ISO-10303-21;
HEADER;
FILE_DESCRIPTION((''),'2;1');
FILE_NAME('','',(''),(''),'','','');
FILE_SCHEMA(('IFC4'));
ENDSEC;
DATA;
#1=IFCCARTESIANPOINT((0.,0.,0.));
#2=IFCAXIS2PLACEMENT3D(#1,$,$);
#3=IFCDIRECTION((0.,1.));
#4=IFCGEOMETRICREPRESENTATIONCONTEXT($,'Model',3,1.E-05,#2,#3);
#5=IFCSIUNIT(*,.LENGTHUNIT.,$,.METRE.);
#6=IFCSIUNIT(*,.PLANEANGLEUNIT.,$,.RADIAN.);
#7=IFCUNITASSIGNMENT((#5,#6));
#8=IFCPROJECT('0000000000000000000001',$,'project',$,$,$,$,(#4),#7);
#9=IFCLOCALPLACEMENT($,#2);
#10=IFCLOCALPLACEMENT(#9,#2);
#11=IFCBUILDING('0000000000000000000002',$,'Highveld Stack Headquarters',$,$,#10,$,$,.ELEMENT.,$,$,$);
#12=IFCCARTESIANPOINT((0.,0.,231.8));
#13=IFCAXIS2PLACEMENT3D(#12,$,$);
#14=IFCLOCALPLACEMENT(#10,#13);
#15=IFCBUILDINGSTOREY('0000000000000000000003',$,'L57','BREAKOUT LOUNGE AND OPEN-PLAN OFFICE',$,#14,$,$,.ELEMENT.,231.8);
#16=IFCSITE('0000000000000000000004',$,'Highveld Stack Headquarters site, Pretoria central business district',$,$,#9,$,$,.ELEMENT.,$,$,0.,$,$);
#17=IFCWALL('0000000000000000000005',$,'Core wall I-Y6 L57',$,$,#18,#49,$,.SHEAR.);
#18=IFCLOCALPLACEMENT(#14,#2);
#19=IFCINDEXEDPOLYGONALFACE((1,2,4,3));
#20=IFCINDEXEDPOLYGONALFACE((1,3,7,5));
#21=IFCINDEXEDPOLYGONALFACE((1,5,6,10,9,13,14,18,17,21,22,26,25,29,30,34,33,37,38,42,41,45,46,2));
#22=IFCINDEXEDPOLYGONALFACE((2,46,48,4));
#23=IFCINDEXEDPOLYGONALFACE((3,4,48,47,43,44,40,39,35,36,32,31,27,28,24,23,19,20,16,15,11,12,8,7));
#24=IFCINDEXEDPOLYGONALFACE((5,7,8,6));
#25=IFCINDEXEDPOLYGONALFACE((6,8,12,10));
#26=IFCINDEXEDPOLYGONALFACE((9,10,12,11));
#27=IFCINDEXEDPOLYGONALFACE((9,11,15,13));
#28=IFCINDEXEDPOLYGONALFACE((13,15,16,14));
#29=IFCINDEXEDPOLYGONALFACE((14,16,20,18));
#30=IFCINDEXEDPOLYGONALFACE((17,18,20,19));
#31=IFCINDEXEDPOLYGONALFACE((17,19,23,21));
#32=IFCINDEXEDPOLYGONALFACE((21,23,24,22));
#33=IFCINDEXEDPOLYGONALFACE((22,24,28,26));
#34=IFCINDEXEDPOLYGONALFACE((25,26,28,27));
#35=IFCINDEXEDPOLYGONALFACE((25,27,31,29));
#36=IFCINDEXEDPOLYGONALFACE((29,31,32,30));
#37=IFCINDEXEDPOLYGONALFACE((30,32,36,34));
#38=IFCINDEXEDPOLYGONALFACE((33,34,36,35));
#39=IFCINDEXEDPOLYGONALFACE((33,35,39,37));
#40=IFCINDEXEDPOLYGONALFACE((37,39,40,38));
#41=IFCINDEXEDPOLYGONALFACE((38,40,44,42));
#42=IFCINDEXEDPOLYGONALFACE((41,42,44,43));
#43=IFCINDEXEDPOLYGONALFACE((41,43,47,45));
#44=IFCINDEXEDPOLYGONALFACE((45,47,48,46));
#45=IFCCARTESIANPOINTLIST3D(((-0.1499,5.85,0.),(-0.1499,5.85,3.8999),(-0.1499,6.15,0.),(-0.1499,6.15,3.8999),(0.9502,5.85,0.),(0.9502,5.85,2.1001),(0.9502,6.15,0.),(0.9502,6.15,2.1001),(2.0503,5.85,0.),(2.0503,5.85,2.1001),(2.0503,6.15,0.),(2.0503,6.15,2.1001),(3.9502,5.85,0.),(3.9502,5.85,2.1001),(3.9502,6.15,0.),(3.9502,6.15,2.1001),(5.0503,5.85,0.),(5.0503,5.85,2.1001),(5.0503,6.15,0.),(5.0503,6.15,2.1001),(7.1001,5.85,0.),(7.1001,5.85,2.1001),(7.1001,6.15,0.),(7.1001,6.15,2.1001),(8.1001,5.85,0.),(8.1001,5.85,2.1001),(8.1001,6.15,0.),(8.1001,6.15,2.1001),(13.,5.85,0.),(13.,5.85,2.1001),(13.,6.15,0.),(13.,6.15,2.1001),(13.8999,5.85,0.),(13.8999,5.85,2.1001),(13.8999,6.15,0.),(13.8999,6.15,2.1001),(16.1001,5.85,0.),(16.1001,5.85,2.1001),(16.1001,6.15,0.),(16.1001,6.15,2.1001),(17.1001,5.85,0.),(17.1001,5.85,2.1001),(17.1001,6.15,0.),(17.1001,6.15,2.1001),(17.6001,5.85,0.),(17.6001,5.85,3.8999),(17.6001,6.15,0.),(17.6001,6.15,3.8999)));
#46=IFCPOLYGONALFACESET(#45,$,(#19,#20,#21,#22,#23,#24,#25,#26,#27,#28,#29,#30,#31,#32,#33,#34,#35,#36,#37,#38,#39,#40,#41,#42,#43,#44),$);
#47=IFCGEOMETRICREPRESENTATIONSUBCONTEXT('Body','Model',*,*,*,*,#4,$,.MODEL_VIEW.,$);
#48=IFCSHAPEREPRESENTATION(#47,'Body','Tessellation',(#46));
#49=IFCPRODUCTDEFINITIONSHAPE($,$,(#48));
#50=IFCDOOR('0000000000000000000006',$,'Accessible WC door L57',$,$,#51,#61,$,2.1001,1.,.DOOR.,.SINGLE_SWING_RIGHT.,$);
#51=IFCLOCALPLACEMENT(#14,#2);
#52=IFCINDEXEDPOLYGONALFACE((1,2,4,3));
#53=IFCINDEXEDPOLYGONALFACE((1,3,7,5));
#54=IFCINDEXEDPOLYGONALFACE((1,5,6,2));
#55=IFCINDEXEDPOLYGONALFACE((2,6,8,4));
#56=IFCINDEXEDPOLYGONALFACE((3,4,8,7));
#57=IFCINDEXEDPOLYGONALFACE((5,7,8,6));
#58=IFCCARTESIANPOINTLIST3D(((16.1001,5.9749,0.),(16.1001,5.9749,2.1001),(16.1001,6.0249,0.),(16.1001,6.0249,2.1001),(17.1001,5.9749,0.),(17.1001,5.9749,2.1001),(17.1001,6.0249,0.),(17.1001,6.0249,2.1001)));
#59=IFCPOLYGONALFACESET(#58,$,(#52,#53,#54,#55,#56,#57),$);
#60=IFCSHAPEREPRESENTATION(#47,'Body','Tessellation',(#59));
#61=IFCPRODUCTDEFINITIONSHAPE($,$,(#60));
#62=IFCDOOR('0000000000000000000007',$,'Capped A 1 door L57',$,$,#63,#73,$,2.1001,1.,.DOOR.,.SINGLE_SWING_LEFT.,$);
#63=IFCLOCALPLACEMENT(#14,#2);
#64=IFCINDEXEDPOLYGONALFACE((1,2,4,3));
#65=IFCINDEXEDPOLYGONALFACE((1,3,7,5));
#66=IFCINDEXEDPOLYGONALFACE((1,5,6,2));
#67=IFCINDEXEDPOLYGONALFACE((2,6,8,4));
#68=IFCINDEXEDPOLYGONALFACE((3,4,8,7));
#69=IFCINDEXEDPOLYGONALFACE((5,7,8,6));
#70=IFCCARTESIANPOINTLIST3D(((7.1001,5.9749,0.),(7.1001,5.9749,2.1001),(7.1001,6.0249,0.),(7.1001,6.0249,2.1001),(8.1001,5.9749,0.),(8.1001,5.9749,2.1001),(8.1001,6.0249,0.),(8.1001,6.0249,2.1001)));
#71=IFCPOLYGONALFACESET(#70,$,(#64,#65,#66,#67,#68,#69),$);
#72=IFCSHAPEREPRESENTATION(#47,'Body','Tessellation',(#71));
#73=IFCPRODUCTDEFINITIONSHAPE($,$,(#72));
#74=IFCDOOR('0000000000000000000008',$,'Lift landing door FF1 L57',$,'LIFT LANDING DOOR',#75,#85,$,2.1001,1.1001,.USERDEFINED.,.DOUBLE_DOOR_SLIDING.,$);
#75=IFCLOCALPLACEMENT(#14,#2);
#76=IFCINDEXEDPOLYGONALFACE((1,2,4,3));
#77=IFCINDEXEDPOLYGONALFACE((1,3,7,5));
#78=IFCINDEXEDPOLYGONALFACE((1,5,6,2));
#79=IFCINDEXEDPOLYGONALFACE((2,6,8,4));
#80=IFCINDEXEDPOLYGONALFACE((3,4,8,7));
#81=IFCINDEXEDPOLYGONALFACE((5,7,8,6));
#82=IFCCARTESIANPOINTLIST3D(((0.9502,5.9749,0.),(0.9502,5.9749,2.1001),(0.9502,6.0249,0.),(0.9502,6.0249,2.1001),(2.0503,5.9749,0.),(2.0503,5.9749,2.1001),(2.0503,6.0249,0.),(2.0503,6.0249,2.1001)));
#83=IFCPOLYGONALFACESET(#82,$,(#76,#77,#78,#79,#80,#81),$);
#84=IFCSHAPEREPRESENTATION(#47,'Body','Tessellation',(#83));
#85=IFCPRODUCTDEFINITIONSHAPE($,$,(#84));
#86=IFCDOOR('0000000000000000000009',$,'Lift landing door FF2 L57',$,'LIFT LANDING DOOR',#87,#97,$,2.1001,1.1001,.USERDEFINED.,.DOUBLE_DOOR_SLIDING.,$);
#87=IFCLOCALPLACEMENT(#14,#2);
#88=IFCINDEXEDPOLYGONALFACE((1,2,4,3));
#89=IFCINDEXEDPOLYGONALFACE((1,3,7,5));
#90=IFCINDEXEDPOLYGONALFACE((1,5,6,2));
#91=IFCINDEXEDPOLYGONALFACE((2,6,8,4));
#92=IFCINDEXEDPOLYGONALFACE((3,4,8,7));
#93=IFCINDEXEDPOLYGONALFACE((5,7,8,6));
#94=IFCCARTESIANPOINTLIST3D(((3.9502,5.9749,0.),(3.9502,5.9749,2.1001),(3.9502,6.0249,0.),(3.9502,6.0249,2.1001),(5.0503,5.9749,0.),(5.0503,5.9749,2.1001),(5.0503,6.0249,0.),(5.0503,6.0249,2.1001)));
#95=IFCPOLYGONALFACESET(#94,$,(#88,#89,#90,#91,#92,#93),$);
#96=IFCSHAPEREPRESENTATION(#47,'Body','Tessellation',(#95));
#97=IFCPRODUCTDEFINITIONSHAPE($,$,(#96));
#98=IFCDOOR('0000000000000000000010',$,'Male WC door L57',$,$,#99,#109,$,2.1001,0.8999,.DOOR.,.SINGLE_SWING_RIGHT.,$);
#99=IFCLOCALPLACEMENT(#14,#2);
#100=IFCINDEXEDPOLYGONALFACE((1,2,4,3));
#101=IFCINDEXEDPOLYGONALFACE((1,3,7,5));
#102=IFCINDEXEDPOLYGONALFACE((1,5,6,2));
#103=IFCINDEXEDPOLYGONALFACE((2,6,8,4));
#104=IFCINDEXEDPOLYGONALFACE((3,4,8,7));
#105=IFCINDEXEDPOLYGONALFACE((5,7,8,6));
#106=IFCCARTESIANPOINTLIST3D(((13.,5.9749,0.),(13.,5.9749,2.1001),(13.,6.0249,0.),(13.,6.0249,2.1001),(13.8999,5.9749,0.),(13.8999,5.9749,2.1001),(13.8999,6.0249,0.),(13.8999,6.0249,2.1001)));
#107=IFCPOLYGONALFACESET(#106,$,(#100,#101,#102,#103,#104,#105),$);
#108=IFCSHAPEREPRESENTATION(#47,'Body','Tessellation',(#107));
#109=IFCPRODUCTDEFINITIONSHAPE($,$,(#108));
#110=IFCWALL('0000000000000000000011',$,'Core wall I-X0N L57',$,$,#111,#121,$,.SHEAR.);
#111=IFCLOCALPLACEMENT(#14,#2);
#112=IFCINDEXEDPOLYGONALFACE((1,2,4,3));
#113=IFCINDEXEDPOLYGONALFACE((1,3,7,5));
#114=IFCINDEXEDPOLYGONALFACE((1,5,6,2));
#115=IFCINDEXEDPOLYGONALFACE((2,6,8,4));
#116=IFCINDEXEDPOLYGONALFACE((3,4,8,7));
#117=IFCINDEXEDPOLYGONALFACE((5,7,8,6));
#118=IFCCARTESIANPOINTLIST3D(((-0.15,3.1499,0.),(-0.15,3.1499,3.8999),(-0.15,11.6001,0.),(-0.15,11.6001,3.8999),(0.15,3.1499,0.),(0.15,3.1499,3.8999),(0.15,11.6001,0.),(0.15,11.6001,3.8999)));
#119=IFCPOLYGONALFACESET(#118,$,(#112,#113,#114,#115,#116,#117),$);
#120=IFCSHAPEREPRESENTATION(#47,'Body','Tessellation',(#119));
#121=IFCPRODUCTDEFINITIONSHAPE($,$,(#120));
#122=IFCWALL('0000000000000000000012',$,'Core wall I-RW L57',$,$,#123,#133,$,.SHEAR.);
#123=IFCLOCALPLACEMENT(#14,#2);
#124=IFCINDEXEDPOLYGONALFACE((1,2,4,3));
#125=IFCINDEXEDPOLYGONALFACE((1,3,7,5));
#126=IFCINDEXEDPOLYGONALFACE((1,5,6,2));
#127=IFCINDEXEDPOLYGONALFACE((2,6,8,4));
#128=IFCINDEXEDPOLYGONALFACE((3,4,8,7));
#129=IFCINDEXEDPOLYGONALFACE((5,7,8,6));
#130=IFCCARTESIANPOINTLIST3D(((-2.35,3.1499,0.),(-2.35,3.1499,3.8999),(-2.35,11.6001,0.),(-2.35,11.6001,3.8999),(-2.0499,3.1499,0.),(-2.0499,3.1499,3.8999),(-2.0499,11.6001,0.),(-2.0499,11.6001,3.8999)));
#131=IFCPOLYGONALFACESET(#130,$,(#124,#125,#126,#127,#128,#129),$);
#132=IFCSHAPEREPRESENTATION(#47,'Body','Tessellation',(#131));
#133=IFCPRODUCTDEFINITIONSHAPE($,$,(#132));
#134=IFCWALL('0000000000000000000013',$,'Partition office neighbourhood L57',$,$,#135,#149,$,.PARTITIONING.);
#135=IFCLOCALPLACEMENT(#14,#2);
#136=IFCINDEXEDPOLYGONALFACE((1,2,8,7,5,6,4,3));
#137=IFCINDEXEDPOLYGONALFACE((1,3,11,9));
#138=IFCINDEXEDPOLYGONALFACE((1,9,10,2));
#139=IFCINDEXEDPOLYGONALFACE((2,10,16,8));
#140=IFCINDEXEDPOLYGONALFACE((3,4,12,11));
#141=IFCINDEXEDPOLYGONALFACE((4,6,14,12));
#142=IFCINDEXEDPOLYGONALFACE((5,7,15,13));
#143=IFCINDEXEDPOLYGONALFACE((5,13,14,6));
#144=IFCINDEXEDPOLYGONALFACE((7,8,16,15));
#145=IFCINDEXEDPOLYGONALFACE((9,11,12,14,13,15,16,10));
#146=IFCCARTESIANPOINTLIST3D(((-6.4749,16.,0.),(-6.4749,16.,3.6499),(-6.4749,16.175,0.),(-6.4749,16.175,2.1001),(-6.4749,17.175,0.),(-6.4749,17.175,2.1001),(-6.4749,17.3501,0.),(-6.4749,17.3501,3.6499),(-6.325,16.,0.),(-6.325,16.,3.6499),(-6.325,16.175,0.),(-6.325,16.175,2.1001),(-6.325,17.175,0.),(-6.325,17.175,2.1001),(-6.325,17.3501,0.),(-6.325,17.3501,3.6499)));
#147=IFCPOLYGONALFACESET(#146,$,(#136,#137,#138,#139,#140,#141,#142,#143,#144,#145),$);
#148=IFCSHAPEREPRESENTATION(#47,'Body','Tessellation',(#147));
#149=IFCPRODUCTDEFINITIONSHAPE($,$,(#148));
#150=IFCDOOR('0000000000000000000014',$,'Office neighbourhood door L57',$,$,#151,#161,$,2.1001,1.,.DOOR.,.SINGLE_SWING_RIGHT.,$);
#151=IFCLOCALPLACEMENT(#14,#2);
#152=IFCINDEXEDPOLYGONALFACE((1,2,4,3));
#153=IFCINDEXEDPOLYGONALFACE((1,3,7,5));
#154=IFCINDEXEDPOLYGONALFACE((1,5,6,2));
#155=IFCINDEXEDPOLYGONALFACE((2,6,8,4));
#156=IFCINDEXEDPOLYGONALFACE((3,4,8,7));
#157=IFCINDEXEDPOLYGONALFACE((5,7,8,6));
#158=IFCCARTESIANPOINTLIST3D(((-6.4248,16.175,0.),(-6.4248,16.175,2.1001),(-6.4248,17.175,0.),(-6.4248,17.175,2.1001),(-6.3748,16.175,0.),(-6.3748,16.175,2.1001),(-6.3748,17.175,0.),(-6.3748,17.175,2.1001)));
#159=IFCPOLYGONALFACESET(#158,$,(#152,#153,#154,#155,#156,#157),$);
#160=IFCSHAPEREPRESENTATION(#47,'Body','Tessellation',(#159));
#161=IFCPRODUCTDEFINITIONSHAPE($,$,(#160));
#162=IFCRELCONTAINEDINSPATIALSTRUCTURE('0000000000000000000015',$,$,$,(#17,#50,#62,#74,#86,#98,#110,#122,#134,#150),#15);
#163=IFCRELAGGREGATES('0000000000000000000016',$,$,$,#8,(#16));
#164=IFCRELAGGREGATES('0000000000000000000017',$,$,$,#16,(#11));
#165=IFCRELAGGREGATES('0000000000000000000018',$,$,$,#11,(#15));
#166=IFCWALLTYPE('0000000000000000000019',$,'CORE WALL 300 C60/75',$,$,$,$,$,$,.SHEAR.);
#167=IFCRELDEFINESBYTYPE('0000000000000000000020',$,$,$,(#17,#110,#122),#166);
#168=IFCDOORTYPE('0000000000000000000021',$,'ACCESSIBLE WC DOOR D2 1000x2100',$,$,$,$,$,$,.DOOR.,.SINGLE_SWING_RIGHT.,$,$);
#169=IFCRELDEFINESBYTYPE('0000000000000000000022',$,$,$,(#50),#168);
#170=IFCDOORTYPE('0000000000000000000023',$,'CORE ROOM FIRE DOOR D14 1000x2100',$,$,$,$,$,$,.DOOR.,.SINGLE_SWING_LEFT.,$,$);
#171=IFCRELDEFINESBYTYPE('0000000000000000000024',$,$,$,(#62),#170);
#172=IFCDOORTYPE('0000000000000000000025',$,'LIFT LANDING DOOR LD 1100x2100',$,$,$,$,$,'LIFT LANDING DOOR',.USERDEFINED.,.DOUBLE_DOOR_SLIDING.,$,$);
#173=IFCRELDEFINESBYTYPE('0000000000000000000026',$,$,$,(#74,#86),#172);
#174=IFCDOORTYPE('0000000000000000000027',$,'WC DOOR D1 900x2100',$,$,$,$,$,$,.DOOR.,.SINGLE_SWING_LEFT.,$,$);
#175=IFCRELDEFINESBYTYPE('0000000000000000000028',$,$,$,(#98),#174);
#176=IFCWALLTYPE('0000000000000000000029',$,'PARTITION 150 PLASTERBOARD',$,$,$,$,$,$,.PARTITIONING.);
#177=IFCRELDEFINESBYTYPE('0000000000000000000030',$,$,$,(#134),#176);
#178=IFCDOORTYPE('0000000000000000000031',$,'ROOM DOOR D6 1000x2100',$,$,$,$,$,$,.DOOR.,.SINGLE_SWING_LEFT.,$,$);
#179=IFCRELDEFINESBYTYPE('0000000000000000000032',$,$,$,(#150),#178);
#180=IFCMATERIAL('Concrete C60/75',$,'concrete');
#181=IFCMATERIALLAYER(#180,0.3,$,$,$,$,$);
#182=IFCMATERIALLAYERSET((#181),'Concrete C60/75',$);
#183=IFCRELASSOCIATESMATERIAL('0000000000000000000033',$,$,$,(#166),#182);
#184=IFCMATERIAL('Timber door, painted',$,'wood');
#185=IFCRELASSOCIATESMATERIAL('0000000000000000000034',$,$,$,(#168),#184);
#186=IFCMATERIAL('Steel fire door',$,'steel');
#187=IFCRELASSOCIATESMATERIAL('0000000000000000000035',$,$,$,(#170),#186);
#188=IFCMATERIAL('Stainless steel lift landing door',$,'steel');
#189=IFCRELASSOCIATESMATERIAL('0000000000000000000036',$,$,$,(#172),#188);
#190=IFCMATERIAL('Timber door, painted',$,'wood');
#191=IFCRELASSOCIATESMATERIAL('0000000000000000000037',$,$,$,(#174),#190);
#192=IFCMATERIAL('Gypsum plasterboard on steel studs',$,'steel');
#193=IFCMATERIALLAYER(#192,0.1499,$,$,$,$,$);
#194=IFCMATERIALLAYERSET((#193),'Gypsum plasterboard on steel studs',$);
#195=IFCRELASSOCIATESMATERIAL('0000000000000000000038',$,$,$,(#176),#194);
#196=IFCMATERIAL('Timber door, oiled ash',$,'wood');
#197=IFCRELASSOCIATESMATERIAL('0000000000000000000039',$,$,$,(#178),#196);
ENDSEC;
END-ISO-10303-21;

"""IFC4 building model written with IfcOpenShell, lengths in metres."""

from ifc_helpers import new_model, si_unit, direction, frame, frame_2d, origin, place, context, subcontext, project, spatial, rectangle, extrude, material, layer, layer_set, type_object, element, fill, save


model = new_model("IFC4")

# Units and contexts
model_context = context("Model", 3, precision=1e-05, world=origin(), true_north=direction((0.0, 1.0)))
body_context = subcontext(model_context, "Body", "Model", "MODEL_VIEW")
ifc_project = project(units=[si_unit("LENGTHUNIT", "METRE"), si_unit("PLANEANGLEUNIT", "RADIAN")], contexts=[model_context])

# Site, building, storey
site_placement = place(None, origin())
site = spatial("IfcSite", under=ifc_project, at=site_placement, Name="Highveld Stack Headquarters site, Pretoria central business district", CompositionType="ELEMENT", RefElevation=0.0)
building_placement = place(site_placement, origin())
building = spatial("IfcBuilding", under=site, at=building_placement, Name="Highveld Stack Headquarters", CompositionType="ELEMENT")
storey_placement = place(building_placement, frame((0.0, 0.0, 231.8)))
storey = spatial("IfcBuildingStorey", under=building, at=storey_placement, Name="L57", Description="BREAKOUT LOUNGE AND OPEN-PLAN OFFICE", CompositionType="ELEMENT", Elevation=231.8)

# Wall, openings, doors
ifc_material_1 = material(Name="Concrete C60/75", Category="concrete")
ifc_layer_1 = layer(ifc_material_1, 0.3)
ifc_layer_set_1 = layer_set([ifc_layer_1], Name="Concrete C60/75")
wall_type_1 = type_object("IfcWallType", Name="CORE WALL 300 C60/75", PredefinedType="SHEAR", material=ifc_layer_set_1)
wall_1_placement = place(storey_placement, frame((-0.1499, 6.0, 0.0), z_axis=(0.0, 0.0, 1.0), x_axis=(1.0, 0.0, 0.0)))
wall_1 = element("IfcWall", 1, at=wall_1_placement, inside=storey, type_object=wall_type_1, Name="Core wall I-Y6 L57", PredefinedType="SHEAR", context=body_context, shape_type="SweptSolid", body=[
    extrude(rectangle(XDim=17.75, YDim=0.3, at=frame_2d((8.875, 0.0))), origin(), (0.0, 0.0, 1.0), 3.8999),
])
opening_1_placement = place(wall_1_placement, frame((13.1499, 0.0, 0.0)))
opening_1 = element("IfcOpeningElement", 2, at=opening_1_placement, cuts=wall_1, PredefinedType="OPENING", context=body_context, shape_type="SweptSolid", body=[
    extrude(rectangle(XDim=0.8999, YDim=2.1001, at=frame_2d((0.45, 1.05))), frame((0.0, 0.1599, 0.0), z_axis=(0.0, -1.0, 0.0), x_axis=(1.0, 0.0, 0.0)), (0.0, 0.0, 1.0), 0.3201),
])
opening_2_placement = place(wall_1_placement, frame((16.25, 0.0, 0.0)))
opening_2 = element("IfcOpeningElement", 3, at=opening_2_placement, cuts=wall_1, PredefinedType="OPENING", context=body_context, shape_type="SweptSolid", body=[
    extrude(rectangle(XDim=1.0, YDim=2.1001, at=frame_2d((0.5, 1.05))), frame((0.0, 0.1599, 0.0), z_axis=(0.0, -1.0, 0.0), x_axis=(1.0, 0.0, 0.0)), (0.0, 0.0, 1.0), 0.3201),
])
opening_3_placement = place(wall_1_placement, frame((7.25, 0.0, 0.0)))
opening_3 = element("IfcOpeningElement", 4, at=opening_3_placement, cuts=wall_1, PredefinedType="OPENING", context=body_context, shape_type="SweptSolid", body=[
    extrude(rectangle(XDim=1.0, YDim=2.1001, at=frame_2d((0.5, 1.05))), frame((0.0, 0.1599, 0.0), z_axis=(0.0, -1.0, 0.0), x_axis=(1.0, 0.0, 0.0)), (0.0, 0.0, 1.0), 0.3201),
])
opening_4_placement = place(wall_1_placement, frame((1.1001, 0.0, 0.0)))
opening_4 = element("IfcOpeningElement", 5, at=opening_4_placement, cuts=wall_1, PredefinedType="OPENING", context=body_context, shape_type="SweptSolid", body=[
    extrude(rectangle(XDim=1.1001, YDim=2.1001, at=frame_2d((0.55, 1.05))), frame((0.0, 0.1599, 0.0), z_axis=(0.0, -1.0, 0.0), x_axis=(1.0, 0.0, 0.0)), (0.0, 0.0, 1.0), 0.3201),
])
opening_5_placement = place(wall_1_placement, frame((4.1001, 0.0, 0.0)))
opening_5 = element("IfcOpeningElement", 6, at=opening_5_placement, cuts=wall_1, PredefinedType="OPENING", context=body_context, shape_type="SweptSolid", body=[
    extrude(rectangle(XDim=1.1001, YDim=2.1001, at=frame_2d((0.55, 1.05))), frame((0.0, 0.1599, 0.0), z_axis=(0.0, -1.0, 0.0), x_axis=(1.0, 0.0, 0.0)), (0.0, 0.0, 1.0), 0.3201),
])
ifc_material_2 = material(Name="Timber door, painted", Category="wood")
door_type_1 = type_object("IfcDoorType", Name="ACCESSIBLE WC DOOR D2 1000x2100", OperationType="SINGLE_SWING_RIGHT", PredefinedType="DOOR", material=ifc_material_2)
door_1_placement = place(opening_2_placement, origin())
door_1 = element("IfcDoor", 7, at=door_1_placement, inside=storey, type_object=door_type_1, Name="Accessible WC door L57", OperationType="SINGLE_SWING_RIGHT", OverallHeight=2.1001, OverallWidth=1.0, PredefinedType="DOOR", context=body_context, shape_type="SweptSolid", body=[
    extrude(rectangle(XDim=1.0, YDim=2.1001, at=frame_2d((0.5, 1.05))), frame((0.0, 0.0249, 0.0), z_axis=(0.0, -1.0, 0.0), x_axis=(1.0, 0.0, 0.0)), (0.0, 0.0, 1.0), 0.05),
])
fill(opening_2, door_1)
ifc_material_3 = material(Name="Steel fire door", Category="steel")
door_type_2 = type_object("IfcDoorType", Name="CORE ROOM FIRE DOOR D14 1000x2100", OperationType="SINGLE_SWING_LEFT", PredefinedType="DOOR", material=ifc_material_3)
door_2_placement = place(opening_3_placement, origin())
door_2 = element("IfcDoor", 8, at=door_2_placement, inside=storey, type_object=door_type_2, Name="Capped A 1 door L57", OperationType="SINGLE_SWING_LEFT", OverallHeight=2.1001, OverallWidth=1.0, PredefinedType="DOOR", context=body_context, shape_type="SweptSolid", body=[
    extrude(rectangle(XDim=1.0, YDim=2.1001, at=frame_2d((0.5, 1.05))), frame((0.0, 0.0249, 0.0), z_axis=(0.0, -1.0, 0.0), x_axis=(1.0, 0.0, 0.0)), (0.0, 0.0, 1.0), 0.05),
])
fill(opening_3, door_2)
ifc_material_4 = material(Name="Stainless steel lift landing door", Category="steel")
door_type_3 = type_object("IfcDoorType", Name="LIFT LANDING DOOR LD 1100x2100", ElementType="LIFT LANDING DOOR", OperationType="DOUBLE_DOOR_SLIDING", PredefinedType="USERDEFINED", material=ifc_material_4)
door_3_placement = place(opening_4_placement, origin())
door_3 = element("IfcDoor", 9, at=door_3_placement, inside=storey, type_object=door_type_3, Name="Lift landing door FF1 L57", ObjectType="LIFT LANDING DOOR", OperationType="DOUBLE_DOOR_SLIDING", OverallHeight=2.1001, OverallWidth=1.1001, PredefinedType="USERDEFINED", context=body_context, shape_type="SweptSolid", body=[
    extrude(rectangle(XDim=1.1001, YDim=2.1001, at=frame_2d((0.55, 1.05))), frame((0.0, 0.0249, 0.0), z_axis=(0.0, -1.0, 0.0), x_axis=(1.0, 0.0, 0.0)), (0.0, 0.0, 1.0), 0.05),
])
fill(opening_4, door_3)
door_4_placement = place(opening_5_placement, origin())
door_4 = element("IfcDoor", 10, at=door_4_placement, inside=storey, type_object=door_type_3, Name="Lift landing door FF2 L57", ObjectType="LIFT LANDING DOOR", OperationType="DOUBLE_DOOR_SLIDING", OverallHeight=2.1001, OverallWidth=1.1001, PredefinedType="USERDEFINED", context=body_context, shape_type="SweptSolid", body=[
    extrude(rectangle(XDim=1.1001, YDim=2.1001, at=frame_2d((0.55, 1.05))), frame((0.0, 0.0249, 0.0), z_axis=(0.0, -1.0, 0.0), x_axis=(1.0, 0.0, 0.0)), (0.0, 0.0, 1.0), 0.05),
])
fill(opening_5, door_4)
ifc_material_5 = material(Name="Timber door, painted", Category="wood")
door_type_4 = type_object("IfcDoorType", Name="WC DOOR D1 900x2100", OperationType="SINGLE_SWING_LEFT", PredefinedType="DOOR", material=ifc_material_5)
door_5_placement = place(opening_1_placement, origin())
door_5 = element("IfcDoor", 11, at=door_5_placement, inside=storey, type_object=door_type_4, Name="Male WC door L57", OperationType="SINGLE_SWING_RIGHT", OverallHeight=2.1001, OverallWidth=0.8999, PredefinedType="DOOR", context=body_context, shape_type="SweptSolid", body=[
    extrude(rectangle(XDim=0.8999, YDim=2.1001, at=frame_2d((0.45, 1.05))), frame((0.0, 0.0249, 0.0), z_axis=(0.0, -1.0, 0.0), x_axis=(1.0, 0.0, 0.0)), (0.0, 0.0, 1.0), 0.05),
])
fill(opening_1, door_5)

# Walls
for number, where, z_axis, x_axis, name in (
    (12, (0.0, 3.1499, 0.0), (0.0, 0.0, 1.0), (0.0, 1.0, 0.0), "Core wall I-X0N L57"),
    (13, (-2.2, 3.1499, 0.0), (0.0, 0.0, 1.0), (0.0, 1.0, 0.0), "Core wall I-RW L57"),
):
    element("IfcWall", number, at=place(storey_placement, frame(where, z_axis=z_axis, x_axis=x_axis)), inside=storey, type_object=wall_type_1, Name=name, PredefinedType="SHEAR", context=body_context, shape_type="SweptSolid", body=[
        extrude(rectangle(XDim=8.4502, YDim=0.3, at=frame_2d((4.2251, 0.0))), origin(), (0.0, 0.0, 1.0), 3.8999),
    ])

# Wall, opening, door
ifc_material_6 = material(Name="Gypsum plasterboard on steel studs", Category="steel")
ifc_layer_2 = layer(ifc_material_6, 0.1499)
ifc_layer_set_2 = layer_set([ifc_layer_2], Name="Gypsum plasterboard on steel studs")
wall_type_2 = type_object("IfcWallType", Name="PARTITION 150 PLASTERBOARD", PredefinedType="PARTITIONING", material=ifc_layer_set_2)
wall_2_placement = place(storey_placement, frame((-6.3999, 16.0, 0.0), z_axis=(0.0, 0.0, 1.0), x_axis=(0.0, 1.0, 0.0)))
wall_2 = element("IfcWall", 14, at=wall_2_placement, inside=storey, type_object=wall_type_2, Name="Partition office neighbourhood L57", PredefinedType="PARTITIONING", context=body_context, shape_type="SweptSolid", body=[
    extrude(rectangle(XDim=1.3501, YDim=0.1499, at=frame_2d((0.675, 0.0))), origin(), (0.0, 0.0, 1.0), 3.6499),
])
opening_6_placement = place(wall_2_placement, frame((0.175, 0.0, 0.0)))
opening_6 = element("IfcOpeningElement", 15, at=opening_6_placement, cuts=wall_2, PredefinedType="OPENING", context=body_context, shape_type="SweptSolid", body=[
    extrude(rectangle(XDim=1.0, YDim=2.1001, at=frame_2d((0.5, 1.05))), frame((0.0, 0.085, 0.0), z_axis=(0.0, -1.0, 0.0), x_axis=(1.0, 0.0, 0.0)), (0.0, 0.0, 1.0), 0.1699),
])
ifc_material_7 = material(Name="Timber door, oiled ash", Category="wood")
door_type_5 = type_object("IfcDoorType", Name="ROOM DOOR D6 1000x2100", OperationType="SINGLE_SWING_LEFT", PredefinedType="DOOR", material=ifc_material_7)
door_6_placement = place(opening_6_placement, origin())
door_6 = element("IfcDoor", 16, at=door_6_placement, inside=storey, type_object=door_type_5, Name="Office neighbourhood door L57", OperationType="SINGLE_SWING_RIGHT", OverallHeight=2.1001, OverallWidth=1.0, PredefinedType="DOOR", context=body_context, shape_type="SweptSolid", body=[
    extrude(rectangle(XDim=1.0, YDim=2.1001, at=frame_2d((0.5, 1.05))), frame((0.0, 0.0249, 0.0), z_axis=(0.0, -1.0, 0.0), x_axis=(1.0, 0.0, 0.0)), (0.0, 0.0, 1.0), 0.05),
])
fill(opening_6, door_6)

save(model, "model.ifc")
